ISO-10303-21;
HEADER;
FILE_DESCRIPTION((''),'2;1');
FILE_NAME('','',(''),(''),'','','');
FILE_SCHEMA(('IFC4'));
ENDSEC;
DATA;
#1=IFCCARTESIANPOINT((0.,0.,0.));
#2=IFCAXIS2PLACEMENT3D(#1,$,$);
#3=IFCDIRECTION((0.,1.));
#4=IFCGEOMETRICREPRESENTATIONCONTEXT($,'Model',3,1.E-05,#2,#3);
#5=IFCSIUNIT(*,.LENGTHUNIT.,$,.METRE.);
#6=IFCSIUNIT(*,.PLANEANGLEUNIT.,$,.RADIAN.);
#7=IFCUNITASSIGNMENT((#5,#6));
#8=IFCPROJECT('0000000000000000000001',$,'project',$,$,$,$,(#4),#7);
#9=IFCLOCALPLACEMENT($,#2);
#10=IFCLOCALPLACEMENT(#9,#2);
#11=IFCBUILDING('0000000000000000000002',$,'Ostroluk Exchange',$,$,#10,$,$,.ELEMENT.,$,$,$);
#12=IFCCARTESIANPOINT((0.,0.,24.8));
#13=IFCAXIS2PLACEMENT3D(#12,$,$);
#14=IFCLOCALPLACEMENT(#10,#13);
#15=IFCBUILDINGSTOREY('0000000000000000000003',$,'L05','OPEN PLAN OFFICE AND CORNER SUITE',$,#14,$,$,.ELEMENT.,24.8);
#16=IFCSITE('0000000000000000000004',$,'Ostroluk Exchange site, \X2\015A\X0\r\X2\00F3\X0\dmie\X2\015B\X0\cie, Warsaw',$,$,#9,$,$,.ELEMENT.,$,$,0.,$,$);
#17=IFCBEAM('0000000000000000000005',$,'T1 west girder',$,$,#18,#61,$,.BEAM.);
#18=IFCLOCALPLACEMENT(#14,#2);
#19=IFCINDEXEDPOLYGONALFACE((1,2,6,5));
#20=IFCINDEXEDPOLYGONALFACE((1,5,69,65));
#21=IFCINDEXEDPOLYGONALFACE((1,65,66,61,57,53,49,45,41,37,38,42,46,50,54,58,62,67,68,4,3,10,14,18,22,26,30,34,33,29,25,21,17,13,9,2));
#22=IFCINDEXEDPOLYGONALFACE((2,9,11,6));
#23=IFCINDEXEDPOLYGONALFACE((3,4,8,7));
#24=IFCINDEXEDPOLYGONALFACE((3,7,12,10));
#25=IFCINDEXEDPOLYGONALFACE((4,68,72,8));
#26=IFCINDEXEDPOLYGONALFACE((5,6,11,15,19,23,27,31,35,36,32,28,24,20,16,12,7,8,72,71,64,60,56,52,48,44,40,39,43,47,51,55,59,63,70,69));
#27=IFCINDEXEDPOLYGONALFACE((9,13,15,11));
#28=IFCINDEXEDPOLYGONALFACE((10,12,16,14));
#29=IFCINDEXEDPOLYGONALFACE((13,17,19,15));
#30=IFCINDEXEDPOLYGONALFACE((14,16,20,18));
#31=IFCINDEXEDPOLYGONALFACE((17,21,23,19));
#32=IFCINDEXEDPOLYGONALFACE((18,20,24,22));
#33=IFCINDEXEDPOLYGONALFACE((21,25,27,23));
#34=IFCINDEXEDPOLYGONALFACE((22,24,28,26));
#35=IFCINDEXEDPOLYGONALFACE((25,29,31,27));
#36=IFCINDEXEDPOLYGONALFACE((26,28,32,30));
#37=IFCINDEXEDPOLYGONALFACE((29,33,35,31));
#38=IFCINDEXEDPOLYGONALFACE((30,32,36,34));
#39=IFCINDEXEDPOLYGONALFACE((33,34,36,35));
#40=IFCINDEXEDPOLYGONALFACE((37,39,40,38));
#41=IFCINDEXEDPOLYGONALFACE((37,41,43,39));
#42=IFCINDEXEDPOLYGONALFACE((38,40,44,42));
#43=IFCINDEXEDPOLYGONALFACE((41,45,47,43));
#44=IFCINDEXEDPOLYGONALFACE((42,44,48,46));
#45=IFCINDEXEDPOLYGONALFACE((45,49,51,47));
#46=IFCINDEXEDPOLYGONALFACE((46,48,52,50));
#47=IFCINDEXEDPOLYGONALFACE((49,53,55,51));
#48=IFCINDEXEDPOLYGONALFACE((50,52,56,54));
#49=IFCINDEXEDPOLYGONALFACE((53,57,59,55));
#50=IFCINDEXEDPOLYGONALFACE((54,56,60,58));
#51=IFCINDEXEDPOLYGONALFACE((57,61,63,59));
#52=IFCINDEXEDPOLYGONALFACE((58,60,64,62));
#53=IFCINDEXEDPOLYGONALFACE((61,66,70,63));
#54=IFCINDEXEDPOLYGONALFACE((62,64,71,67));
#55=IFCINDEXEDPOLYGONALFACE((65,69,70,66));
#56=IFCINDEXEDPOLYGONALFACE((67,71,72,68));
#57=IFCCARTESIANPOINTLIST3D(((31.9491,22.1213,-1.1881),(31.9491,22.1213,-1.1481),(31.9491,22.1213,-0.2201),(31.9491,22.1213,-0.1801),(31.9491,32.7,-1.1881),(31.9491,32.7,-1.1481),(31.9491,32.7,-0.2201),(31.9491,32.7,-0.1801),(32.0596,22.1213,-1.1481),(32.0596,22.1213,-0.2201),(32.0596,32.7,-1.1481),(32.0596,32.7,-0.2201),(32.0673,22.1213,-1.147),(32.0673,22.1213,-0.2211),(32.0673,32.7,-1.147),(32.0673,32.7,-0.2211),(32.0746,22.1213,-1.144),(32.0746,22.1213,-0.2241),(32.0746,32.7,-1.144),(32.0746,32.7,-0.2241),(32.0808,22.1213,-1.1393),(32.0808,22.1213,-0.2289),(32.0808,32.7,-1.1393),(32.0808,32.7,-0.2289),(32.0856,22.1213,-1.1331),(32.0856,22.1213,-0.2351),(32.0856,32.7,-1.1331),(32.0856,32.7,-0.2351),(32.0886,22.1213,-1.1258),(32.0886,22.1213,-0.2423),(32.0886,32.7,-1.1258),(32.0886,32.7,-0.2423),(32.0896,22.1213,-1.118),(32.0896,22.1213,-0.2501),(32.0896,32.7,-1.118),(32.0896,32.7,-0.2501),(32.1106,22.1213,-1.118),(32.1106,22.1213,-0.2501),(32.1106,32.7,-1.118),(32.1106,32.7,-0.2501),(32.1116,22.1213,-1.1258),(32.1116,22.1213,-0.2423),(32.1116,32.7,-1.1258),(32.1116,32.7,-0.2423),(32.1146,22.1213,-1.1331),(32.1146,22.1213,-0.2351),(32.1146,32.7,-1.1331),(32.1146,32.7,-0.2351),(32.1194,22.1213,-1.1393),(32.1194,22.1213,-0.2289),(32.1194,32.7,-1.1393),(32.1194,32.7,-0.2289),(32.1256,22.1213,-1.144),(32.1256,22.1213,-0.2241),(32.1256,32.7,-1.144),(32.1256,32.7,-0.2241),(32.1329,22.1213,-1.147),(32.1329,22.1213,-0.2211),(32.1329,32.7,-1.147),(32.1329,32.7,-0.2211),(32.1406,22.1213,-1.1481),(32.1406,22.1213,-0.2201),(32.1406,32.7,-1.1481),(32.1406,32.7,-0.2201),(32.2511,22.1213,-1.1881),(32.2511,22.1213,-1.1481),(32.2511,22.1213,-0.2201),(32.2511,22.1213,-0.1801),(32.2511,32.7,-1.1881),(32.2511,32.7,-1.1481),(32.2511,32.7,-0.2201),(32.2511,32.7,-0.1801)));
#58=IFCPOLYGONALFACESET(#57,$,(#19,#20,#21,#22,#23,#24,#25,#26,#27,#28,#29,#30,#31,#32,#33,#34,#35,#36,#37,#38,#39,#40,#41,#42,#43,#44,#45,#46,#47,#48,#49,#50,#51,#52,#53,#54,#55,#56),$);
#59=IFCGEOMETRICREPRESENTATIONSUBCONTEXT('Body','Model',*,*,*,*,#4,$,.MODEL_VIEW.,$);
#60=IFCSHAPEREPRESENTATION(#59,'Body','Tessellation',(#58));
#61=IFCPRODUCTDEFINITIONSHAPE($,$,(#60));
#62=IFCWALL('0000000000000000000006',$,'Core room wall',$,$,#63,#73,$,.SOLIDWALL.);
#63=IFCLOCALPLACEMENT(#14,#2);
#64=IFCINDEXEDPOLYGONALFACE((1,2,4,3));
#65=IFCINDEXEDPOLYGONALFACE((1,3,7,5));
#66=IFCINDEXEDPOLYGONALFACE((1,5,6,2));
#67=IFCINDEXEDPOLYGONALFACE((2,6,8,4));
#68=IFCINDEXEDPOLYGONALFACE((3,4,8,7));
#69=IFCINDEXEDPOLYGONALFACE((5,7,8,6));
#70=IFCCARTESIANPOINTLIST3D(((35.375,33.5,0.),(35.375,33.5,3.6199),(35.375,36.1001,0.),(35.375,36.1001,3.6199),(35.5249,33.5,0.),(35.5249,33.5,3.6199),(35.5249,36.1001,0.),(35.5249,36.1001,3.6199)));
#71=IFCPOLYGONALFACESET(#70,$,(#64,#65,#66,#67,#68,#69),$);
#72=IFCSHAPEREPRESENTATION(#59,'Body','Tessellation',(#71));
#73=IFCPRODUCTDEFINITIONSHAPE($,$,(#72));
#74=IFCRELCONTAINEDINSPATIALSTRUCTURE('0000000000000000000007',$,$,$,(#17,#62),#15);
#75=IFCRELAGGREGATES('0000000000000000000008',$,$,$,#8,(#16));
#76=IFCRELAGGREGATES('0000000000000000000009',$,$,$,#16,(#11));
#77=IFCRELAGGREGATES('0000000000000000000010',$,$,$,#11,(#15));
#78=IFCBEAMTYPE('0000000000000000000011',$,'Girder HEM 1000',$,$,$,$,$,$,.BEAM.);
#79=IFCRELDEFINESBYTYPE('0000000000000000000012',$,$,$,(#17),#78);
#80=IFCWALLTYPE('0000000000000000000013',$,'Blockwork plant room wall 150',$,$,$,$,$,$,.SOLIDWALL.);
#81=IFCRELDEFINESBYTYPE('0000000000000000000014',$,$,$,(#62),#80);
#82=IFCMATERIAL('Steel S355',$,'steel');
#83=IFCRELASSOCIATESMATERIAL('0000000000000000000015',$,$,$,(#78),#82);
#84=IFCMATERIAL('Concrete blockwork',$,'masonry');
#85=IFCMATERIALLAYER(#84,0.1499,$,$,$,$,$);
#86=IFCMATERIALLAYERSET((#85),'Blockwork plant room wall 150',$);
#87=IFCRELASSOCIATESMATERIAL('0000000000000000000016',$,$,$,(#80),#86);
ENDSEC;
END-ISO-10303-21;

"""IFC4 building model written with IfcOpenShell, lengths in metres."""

from ifc_helpers import new_model, si_unit, direction, frame, frame_2d, origin, origin_2d, place, context, subcontext, project, spatial, rectangle, i_section, extrude, material, layer, layer_set, material_profile, profile_set, type_object, element, save


model = new_model("IFC4")

# Units and contexts
model_context = context("Model", 3, precision=1e-05, world=origin(), true_north=direction((0.0, 1.0)))
body_context = subcontext(model_context, "Body", "Model", "MODEL_VIEW")
ifc_project = project(units=[si_unit("LENGTHUNIT", "METRE"), si_unit("PLANEANGLEUNIT", "RADIAN")], contexts=[model_context])

# Site, building, storey
site_placement = place(None, origin())
site = spatial("IfcSite", under=ifc_project, at=site_placement, Name="Ostroluk Exchange site, Śródmieście, Warsaw", CompositionType="ELEMENT", RefElevation=0.0)
building_placement = place(site_placement, origin())
building = spatial("IfcBuilding", under=site, at=building_placement, Name="Ostroluk Exchange", CompositionType="ELEMENT")
storey_placement = place(building_placement, frame((0.0, 0.0, 24.8)))
storey = spatial("IfcBuildingStorey", under=building, at=storey_placement, Name="L05", Description="OPEN PLAN OFFICE AND CORNER SUITE", CompositionType="ELEMENT", Elevation=24.8)

# Beam
ifc_material_1 = material(Name="Steel S355", Category="steel")
ifc_material_profile_1 = material_profile(ifc_material_1, i_section(OverallWidth=0.302, OverallDepth=1.0081, WebThickness=0.021, FlangeThickness=0.04, FilletRadius=0.03, at=origin_2d()), Name="HEM 1000")
ifc_profile_set_1 = profile_set([ifc_material_profile_1], Name="Steel S355")
beam_type_1 = type_object("IfcBeamType", Name="Girder HEM 1000", PredefinedType="BEAM", material=ifc_profile_set_1)
beam_1_placement = place(storey_placement, frame((32.1001, 32.7, -0.6841), z_axis=(0.0, -1.0, 0.0), x_axis=(1.0, 0.0, 0.0)))
element("IfcBeam", 1, at=beam_1_placement, inside=storey, type_object=beam_type_1, Name="T1 west girder", PredefinedType="BEAM", context=body_context, shape_type="SweptSolid", body=[
    extrude(i_section(OverallWidth=0.302, OverallDepth=1.0081, WebThickness=0.021, FlangeThickness=0.04, FilletRadius=0.03, at=origin_2d()), origin(), (0.0, 0.0, 1.0), 10.5786),
])

# Wall
ifc_material_2 = material(Name="Concrete blockwork", Category="masonry")
ifc_layer_1 = layer(ifc_material_2, 0.1499)
ifc_layer_set_1 = layer_set([ifc_layer_1], Name="Blockwork plant room wall 150")
wall_type_1 = type_object("IfcWallType", Name="Blockwork plant room wall 150", PredefinedType="SOLIDWALL", material=ifc_layer_set_1)
wall_1_placement = place(storey_placement, frame((35.45, 33.5, 0.0), z_axis=(0.0, 0.0, 1.0), x_axis=(0.0, 1.0, 0.0)))
element("IfcWall", 2, at=wall_1_placement, inside=storey, type_object=wall_type_1, Name="Core room wall", PredefinedType="SOLIDWALL", context=body_context, shape_type="SweptSolid", body=[
    extrude(rectangle(XDim=2.6001, YDim=0.1499, at=frame_2d((1.3, 0.0))), origin(), (0.0, 0.0, 1.0), 3.6199),
])

save(model, "model.ifc")
